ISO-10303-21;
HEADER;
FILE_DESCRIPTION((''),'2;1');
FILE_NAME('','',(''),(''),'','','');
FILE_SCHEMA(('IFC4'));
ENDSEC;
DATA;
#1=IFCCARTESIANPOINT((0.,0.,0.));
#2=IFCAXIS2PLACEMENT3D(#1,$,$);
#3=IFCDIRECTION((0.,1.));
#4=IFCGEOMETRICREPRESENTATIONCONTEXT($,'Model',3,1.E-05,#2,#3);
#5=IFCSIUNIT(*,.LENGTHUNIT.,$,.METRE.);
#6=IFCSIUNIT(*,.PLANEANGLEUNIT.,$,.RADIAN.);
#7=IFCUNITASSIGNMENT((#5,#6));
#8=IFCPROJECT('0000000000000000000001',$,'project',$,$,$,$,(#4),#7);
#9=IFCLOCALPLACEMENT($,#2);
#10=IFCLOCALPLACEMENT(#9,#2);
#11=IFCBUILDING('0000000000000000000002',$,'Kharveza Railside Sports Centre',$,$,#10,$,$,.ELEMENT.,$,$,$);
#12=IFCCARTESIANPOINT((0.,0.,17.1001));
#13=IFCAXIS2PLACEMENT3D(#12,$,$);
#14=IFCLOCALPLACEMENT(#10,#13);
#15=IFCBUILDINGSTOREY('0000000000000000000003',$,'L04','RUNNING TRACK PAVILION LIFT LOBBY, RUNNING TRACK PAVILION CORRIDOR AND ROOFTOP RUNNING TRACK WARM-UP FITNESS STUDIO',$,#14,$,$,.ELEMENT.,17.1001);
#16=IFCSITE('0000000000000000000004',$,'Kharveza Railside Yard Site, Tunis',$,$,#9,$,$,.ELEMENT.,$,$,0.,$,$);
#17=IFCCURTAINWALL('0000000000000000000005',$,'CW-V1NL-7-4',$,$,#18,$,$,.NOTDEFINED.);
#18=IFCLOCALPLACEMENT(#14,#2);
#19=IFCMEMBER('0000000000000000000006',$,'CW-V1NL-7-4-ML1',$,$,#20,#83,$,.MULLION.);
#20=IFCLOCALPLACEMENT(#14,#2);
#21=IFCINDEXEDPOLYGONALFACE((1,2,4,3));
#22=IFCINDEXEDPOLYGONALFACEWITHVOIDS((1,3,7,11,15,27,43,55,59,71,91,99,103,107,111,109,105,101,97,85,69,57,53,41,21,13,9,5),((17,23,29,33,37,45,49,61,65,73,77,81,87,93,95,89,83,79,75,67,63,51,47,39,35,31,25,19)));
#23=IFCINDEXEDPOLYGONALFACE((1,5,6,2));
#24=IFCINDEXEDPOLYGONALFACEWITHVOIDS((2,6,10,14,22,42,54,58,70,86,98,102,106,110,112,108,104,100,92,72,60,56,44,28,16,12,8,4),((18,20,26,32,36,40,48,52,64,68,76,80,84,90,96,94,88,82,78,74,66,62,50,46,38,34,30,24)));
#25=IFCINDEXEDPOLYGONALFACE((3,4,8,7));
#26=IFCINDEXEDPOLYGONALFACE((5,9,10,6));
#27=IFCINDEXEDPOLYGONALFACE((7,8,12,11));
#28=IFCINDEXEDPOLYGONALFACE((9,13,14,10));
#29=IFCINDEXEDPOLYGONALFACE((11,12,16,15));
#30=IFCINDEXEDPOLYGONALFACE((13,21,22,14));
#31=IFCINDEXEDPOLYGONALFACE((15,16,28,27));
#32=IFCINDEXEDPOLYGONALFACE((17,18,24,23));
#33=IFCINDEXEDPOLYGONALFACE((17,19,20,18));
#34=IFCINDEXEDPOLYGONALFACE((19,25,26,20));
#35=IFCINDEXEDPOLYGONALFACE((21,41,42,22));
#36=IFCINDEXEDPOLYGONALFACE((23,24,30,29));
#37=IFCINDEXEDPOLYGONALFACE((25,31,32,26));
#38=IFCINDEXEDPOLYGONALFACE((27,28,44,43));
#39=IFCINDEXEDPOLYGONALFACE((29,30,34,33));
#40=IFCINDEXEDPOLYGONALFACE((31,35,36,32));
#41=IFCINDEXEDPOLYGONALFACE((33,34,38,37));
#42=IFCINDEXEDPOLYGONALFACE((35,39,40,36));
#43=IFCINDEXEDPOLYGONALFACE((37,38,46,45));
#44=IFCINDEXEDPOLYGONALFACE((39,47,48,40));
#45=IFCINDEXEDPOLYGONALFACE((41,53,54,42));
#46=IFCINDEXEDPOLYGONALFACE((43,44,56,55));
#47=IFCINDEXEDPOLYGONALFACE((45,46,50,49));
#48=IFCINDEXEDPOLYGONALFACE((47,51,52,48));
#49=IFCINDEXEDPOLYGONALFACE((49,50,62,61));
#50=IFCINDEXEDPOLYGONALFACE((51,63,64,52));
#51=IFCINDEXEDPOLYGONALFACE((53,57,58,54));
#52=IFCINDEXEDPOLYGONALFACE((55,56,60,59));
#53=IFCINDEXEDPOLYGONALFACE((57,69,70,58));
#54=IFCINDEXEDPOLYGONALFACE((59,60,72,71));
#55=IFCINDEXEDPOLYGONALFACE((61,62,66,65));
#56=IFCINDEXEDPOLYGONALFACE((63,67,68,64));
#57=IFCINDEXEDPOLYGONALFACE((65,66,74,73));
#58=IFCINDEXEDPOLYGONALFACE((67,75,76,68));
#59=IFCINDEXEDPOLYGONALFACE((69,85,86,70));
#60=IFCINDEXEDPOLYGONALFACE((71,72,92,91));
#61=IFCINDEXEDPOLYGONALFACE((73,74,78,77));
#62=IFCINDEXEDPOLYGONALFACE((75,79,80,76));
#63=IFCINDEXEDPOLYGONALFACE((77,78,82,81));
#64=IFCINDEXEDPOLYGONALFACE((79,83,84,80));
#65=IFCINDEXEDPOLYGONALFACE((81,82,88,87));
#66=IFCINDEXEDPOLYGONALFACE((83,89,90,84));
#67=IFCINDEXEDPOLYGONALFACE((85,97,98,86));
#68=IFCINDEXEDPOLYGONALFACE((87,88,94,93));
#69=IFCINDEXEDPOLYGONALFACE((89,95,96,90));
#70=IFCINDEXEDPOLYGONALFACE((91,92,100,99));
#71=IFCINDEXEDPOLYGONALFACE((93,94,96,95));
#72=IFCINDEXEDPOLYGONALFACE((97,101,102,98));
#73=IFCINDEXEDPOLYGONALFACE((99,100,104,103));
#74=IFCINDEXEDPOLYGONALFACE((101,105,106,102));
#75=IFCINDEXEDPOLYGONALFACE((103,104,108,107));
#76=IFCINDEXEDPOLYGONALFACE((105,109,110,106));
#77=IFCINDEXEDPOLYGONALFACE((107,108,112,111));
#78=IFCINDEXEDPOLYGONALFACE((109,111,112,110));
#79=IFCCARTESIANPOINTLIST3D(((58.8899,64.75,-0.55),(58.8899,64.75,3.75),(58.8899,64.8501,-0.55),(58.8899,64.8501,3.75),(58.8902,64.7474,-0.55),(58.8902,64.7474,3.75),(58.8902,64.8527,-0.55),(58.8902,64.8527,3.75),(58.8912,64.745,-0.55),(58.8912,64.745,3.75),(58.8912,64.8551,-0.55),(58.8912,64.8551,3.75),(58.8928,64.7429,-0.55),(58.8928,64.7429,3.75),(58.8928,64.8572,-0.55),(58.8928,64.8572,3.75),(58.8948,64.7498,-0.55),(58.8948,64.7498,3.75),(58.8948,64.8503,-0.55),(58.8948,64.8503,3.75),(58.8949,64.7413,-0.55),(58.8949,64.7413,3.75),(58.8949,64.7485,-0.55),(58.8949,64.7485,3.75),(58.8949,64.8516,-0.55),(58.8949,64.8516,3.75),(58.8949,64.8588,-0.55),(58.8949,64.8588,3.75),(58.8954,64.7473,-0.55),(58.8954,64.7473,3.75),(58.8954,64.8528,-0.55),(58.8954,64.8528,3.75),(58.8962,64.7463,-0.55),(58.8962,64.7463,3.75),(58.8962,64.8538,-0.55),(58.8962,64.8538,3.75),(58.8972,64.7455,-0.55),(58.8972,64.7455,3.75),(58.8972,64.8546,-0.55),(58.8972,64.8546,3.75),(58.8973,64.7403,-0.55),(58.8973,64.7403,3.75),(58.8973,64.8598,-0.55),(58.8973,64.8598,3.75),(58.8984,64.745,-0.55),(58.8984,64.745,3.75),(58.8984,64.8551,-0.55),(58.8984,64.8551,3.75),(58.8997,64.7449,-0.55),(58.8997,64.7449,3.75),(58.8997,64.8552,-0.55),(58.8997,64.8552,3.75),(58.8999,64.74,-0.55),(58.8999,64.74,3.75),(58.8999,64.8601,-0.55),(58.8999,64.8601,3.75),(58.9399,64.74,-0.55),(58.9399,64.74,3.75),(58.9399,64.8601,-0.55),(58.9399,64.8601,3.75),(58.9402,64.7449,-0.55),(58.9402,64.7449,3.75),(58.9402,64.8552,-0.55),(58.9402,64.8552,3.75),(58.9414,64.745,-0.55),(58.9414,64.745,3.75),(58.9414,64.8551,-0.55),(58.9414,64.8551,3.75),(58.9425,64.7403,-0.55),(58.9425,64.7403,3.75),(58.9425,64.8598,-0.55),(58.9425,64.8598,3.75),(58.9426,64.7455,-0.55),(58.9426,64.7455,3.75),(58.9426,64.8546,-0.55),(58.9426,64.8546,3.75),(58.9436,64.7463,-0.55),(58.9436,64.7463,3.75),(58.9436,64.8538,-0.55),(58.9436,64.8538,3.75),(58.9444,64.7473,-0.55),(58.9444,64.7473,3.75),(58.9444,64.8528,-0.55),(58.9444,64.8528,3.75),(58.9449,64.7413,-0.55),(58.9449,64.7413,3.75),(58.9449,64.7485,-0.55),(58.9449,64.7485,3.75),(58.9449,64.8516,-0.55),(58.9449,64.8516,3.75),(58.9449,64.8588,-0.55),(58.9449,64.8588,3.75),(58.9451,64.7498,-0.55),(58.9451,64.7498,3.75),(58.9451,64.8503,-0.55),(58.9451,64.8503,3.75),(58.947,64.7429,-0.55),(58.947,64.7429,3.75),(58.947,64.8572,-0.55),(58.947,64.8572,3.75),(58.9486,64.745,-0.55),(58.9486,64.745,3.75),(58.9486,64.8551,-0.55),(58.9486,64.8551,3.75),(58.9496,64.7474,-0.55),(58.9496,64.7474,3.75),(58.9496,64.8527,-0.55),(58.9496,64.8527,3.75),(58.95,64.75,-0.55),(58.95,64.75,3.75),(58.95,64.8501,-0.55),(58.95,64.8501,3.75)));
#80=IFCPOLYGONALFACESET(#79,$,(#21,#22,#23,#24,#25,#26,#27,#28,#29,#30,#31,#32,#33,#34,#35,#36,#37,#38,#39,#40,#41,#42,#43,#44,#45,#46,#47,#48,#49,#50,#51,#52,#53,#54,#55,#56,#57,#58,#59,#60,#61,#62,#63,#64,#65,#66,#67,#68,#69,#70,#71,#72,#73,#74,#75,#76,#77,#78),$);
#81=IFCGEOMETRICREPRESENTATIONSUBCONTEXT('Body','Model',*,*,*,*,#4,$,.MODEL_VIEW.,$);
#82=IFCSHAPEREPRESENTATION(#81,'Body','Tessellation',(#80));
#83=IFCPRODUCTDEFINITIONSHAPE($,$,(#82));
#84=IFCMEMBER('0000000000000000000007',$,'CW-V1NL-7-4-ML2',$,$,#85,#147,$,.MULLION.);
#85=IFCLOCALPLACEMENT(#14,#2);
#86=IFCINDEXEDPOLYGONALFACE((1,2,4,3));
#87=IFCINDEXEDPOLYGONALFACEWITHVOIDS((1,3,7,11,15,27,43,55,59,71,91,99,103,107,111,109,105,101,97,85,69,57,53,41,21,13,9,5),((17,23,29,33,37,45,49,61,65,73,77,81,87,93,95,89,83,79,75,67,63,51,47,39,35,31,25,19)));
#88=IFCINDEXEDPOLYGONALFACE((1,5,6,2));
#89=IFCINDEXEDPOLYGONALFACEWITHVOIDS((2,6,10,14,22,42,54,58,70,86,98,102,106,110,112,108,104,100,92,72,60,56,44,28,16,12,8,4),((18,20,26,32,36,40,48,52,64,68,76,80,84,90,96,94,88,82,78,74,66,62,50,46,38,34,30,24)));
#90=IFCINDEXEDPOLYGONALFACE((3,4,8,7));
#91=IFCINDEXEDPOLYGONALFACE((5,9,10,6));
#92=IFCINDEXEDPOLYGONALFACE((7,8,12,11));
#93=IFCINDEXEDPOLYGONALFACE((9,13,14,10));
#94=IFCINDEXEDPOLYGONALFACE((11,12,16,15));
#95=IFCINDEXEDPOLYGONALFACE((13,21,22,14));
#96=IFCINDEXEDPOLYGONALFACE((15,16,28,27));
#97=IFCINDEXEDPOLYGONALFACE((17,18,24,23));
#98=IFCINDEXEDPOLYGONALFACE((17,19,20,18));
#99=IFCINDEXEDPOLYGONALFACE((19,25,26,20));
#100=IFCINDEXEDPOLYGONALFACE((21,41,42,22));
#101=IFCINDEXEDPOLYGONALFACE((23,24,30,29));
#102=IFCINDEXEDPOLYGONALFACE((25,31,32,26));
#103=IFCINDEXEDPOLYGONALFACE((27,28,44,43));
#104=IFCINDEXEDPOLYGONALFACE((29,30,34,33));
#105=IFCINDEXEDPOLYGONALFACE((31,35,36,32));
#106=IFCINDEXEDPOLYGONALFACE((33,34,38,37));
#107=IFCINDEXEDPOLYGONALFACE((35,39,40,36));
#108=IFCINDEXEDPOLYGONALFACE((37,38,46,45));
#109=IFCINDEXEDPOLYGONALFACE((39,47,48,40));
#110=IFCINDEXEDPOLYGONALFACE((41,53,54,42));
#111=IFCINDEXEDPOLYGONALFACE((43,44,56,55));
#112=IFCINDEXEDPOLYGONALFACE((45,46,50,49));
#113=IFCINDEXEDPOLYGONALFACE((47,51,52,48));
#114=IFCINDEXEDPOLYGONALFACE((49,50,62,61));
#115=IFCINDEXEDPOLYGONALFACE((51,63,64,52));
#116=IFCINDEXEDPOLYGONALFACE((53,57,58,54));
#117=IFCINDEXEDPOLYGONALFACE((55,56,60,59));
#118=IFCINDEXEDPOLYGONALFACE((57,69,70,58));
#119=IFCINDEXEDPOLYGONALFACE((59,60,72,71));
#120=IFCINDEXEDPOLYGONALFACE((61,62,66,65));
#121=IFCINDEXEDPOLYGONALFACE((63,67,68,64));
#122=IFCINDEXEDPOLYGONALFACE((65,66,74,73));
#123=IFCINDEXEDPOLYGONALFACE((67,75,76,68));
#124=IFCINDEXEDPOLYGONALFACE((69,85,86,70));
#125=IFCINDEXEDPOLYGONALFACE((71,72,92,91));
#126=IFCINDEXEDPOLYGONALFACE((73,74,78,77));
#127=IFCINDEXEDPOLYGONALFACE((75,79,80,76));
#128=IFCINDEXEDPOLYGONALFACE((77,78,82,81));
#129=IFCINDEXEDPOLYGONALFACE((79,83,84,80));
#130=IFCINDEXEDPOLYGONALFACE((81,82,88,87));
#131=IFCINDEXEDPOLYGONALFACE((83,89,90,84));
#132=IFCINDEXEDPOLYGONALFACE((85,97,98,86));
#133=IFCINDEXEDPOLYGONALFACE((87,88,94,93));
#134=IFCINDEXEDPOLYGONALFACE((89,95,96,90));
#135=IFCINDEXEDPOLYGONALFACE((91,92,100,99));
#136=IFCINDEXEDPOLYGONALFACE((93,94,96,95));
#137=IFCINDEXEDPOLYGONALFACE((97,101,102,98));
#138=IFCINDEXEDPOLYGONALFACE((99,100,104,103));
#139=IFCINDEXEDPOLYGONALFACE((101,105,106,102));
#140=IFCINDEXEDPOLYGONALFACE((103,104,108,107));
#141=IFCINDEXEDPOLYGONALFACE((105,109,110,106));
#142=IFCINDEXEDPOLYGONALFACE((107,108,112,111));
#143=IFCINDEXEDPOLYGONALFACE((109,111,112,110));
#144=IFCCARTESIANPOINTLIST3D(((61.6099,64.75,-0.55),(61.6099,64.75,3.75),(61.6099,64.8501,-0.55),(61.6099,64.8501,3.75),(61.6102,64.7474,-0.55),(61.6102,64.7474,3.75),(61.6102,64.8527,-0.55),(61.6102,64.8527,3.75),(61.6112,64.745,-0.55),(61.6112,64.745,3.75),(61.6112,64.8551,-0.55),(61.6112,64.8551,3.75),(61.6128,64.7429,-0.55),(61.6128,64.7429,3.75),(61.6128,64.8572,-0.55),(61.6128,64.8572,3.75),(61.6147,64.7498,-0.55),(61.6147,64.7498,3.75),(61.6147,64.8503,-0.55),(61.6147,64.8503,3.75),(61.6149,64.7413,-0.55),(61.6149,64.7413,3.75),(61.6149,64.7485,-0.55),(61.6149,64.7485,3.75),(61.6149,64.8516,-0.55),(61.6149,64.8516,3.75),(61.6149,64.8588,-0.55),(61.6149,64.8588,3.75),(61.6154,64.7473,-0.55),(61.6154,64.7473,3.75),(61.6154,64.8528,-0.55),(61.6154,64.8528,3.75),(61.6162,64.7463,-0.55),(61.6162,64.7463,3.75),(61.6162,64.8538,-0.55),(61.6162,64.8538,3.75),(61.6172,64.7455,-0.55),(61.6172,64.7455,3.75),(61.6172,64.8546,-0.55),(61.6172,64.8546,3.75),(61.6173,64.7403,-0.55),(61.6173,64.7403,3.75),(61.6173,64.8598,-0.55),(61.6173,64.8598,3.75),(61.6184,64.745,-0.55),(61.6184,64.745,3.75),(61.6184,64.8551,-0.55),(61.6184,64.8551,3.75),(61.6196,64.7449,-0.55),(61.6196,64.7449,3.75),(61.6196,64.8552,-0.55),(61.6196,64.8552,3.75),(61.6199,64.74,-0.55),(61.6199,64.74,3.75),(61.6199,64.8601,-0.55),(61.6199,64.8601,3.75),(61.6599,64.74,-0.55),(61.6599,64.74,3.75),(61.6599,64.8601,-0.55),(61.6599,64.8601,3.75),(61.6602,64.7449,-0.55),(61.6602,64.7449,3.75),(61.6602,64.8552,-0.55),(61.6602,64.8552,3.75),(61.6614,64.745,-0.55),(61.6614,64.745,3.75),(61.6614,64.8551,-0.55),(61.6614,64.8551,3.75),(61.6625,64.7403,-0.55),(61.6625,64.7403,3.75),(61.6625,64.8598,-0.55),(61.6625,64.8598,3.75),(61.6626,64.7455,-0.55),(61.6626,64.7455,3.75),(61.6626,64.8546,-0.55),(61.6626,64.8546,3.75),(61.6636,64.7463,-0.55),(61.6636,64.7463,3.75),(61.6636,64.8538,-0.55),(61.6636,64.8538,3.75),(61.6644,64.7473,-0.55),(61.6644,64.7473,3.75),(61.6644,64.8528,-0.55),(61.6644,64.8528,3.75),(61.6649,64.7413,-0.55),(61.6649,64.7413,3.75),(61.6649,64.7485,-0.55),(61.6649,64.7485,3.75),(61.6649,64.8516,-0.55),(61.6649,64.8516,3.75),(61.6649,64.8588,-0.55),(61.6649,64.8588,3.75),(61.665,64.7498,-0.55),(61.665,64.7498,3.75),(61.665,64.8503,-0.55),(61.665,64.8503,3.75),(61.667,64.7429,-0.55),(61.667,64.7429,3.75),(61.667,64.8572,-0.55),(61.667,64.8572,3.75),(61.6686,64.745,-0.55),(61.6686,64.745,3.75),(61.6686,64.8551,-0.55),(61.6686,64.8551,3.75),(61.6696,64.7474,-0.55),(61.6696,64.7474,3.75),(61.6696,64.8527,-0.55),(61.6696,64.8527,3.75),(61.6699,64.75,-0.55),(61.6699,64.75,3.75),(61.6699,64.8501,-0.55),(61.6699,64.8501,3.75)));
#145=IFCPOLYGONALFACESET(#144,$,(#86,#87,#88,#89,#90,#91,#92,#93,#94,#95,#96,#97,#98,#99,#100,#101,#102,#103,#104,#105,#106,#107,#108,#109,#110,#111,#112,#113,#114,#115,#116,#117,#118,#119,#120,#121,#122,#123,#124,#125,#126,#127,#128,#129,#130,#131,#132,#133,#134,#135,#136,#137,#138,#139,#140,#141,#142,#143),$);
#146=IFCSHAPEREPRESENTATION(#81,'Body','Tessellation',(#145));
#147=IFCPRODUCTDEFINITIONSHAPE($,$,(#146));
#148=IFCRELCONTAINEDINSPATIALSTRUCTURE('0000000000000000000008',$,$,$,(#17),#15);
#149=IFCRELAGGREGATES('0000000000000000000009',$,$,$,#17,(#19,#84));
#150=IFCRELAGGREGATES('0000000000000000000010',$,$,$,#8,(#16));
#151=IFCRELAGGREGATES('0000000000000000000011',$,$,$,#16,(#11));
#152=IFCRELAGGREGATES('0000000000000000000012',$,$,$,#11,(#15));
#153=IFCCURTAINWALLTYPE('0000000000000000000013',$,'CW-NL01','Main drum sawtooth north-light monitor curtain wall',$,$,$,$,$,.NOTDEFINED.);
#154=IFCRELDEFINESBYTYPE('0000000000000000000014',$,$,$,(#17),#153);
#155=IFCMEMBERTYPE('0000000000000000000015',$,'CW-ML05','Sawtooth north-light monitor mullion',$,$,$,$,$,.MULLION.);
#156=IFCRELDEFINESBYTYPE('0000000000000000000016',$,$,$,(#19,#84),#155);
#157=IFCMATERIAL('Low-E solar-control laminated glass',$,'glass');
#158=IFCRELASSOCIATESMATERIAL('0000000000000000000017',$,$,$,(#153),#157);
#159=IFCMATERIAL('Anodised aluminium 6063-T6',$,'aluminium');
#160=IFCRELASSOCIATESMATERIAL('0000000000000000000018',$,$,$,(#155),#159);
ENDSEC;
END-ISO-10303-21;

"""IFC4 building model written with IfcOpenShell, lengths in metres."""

from ifc_helpers import new_model, si_unit, direction, frame, origin, origin_2d, place, context, subcontext, project, spatial, hollow_rectangle, extrude, material, material_profile, profile_set, type_object, element, aggregate, save


model = new_model("IFC4")

# Units and contexts
model_context = context("Model", 3, precision=1e-05, world=origin(), true_north=direction((0.0, 1.0)))
body_context = subcontext(model_context, "Body", "Model", "MODEL_VIEW")
ifc_project = project(units=[si_unit("LENGTHUNIT", "METRE"), si_unit("PLANEANGLEUNIT", "RADIAN")], contexts=[model_context])

# Site, building, storey
site_placement = place(None, origin())
site = spatial("IfcSite", under=ifc_project, at=site_placement, Name="Kharveza Railside Yard Site, Tunis", CompositionType="ELEMENT", RefElevation=0.0)
building_placement = place(site_placement, origin())
building = spatial("IfcBuilding", under=site, at=building_placement, Name="Kharveza Railside Sports Centre", CompositionType="ELEMENT")
storey_placement = place(building_placement, frame((0.0, 0.0, 17.1001)))
storey = spatial("IfcBuildingStorey", under=building, at=storey_placement, Name="L04", Description="RUNNING TRACK PAVILION LIFT LOBBY, RUNNING TRACK PAVILION CORRIDOR AND ROOFTOP RUNNING TRACK WARM-UP FITNESS STUDIO", CompositionType="ELEMENT", Elevation=17.1001)

# Shared definitions
ifc_material_1 = material(Name="Low-E solar-control laminated glass", Category="glass")
curtain_wall_type = type_object("IfcCurtainWallType", Name="CW-NL01", Description="Main drum sawtooth north-light monitor curtain wall", PredefinedType="NOTDEFINED", material=ifc_material_1)
ifc_material_2 = material(Name="Anodised aluminium 6063-T6", Category="aluminium")
ifc_material_profile_1 = material_profile(ifc_material_2, hollow_rectangle(XDim=0.0601, YDim=0.1201, WallThickness=0.0049, InnerFilletRadius=0.0049, OuterFilletRadius=0.01, at=origin_2d()), Name="RHS 60x120x5.0")
ifc_profile_set_1 = profile_set([ifc_material_profile_1], Name="Anodised aluminium 6063-T6")
member_type_1 = type_object("IfcMemberType", Name="CW-ML05", Description="Sawtooth north-light monitor mullion", PredefinedType="MULLION", material=ifc_profile_set_1)

# Curtain wall, members
curtain_wall_1_placement = place(storey_placement, origin())
curtain_wall_1 = element("IfcCurtainWall", 1, at=curtain_wall_1_placement, inside=storey, type_object=curtain_wall_type, Name="CW-V1NL-7-4", PredefinedType="NOTDEFINED")
member_1_placement = place(storey_placement, frame((58.9199, 64.8, -0.55), z_axis=(0.0, 0.0, 1.0), x_axis=(1.0, 0.0, 0.0)))
member_1 = element("IfcMember", 2, at=member_1_placement, type_object=member_type_1, Name="CW-V1NL-7-4-ML1", PredefinedType="MULLION", context=body_context, shape_type="SweptSolid", body=[
    extrude(hollow_rectangle(XDim=0.0601, YDim=0.1201, WallThickness=0.0049, InnerFilletRadius=0.0049, OuterFilletRadius=0.01, at=origin_2d()), origin(), (0.0, 0.0, 1.0), 4.3),
])
member_2_placement = place(storey_placement, frame((61.6399, 64.8, -0.55), z_axis=(0.0, 0.0, 1.0), x_axis=(1.0, 0.0, 0.0)))
member_2 = element("IfcMember", 3, at=member_2_placement, type_object=member_type_1, Name="CW-V1NL-7-4-ML2", PredefinedType="MULLION", context=body_context, shape_type="SweptSolid", body=[
    extrude(hollow_rectangle(XDim=0.0601, YDim=0.1201, WallThickness=0.0049, InnerFilletRadius=0.0049, OuterFilletRadius=0.01, at=origin_2d()), origin(), (0.0, 0.0, 1.0), 4.3),
])

aggregate(curtain_wall_1, [member_1, member_2])

save(model, "model.ifc")
